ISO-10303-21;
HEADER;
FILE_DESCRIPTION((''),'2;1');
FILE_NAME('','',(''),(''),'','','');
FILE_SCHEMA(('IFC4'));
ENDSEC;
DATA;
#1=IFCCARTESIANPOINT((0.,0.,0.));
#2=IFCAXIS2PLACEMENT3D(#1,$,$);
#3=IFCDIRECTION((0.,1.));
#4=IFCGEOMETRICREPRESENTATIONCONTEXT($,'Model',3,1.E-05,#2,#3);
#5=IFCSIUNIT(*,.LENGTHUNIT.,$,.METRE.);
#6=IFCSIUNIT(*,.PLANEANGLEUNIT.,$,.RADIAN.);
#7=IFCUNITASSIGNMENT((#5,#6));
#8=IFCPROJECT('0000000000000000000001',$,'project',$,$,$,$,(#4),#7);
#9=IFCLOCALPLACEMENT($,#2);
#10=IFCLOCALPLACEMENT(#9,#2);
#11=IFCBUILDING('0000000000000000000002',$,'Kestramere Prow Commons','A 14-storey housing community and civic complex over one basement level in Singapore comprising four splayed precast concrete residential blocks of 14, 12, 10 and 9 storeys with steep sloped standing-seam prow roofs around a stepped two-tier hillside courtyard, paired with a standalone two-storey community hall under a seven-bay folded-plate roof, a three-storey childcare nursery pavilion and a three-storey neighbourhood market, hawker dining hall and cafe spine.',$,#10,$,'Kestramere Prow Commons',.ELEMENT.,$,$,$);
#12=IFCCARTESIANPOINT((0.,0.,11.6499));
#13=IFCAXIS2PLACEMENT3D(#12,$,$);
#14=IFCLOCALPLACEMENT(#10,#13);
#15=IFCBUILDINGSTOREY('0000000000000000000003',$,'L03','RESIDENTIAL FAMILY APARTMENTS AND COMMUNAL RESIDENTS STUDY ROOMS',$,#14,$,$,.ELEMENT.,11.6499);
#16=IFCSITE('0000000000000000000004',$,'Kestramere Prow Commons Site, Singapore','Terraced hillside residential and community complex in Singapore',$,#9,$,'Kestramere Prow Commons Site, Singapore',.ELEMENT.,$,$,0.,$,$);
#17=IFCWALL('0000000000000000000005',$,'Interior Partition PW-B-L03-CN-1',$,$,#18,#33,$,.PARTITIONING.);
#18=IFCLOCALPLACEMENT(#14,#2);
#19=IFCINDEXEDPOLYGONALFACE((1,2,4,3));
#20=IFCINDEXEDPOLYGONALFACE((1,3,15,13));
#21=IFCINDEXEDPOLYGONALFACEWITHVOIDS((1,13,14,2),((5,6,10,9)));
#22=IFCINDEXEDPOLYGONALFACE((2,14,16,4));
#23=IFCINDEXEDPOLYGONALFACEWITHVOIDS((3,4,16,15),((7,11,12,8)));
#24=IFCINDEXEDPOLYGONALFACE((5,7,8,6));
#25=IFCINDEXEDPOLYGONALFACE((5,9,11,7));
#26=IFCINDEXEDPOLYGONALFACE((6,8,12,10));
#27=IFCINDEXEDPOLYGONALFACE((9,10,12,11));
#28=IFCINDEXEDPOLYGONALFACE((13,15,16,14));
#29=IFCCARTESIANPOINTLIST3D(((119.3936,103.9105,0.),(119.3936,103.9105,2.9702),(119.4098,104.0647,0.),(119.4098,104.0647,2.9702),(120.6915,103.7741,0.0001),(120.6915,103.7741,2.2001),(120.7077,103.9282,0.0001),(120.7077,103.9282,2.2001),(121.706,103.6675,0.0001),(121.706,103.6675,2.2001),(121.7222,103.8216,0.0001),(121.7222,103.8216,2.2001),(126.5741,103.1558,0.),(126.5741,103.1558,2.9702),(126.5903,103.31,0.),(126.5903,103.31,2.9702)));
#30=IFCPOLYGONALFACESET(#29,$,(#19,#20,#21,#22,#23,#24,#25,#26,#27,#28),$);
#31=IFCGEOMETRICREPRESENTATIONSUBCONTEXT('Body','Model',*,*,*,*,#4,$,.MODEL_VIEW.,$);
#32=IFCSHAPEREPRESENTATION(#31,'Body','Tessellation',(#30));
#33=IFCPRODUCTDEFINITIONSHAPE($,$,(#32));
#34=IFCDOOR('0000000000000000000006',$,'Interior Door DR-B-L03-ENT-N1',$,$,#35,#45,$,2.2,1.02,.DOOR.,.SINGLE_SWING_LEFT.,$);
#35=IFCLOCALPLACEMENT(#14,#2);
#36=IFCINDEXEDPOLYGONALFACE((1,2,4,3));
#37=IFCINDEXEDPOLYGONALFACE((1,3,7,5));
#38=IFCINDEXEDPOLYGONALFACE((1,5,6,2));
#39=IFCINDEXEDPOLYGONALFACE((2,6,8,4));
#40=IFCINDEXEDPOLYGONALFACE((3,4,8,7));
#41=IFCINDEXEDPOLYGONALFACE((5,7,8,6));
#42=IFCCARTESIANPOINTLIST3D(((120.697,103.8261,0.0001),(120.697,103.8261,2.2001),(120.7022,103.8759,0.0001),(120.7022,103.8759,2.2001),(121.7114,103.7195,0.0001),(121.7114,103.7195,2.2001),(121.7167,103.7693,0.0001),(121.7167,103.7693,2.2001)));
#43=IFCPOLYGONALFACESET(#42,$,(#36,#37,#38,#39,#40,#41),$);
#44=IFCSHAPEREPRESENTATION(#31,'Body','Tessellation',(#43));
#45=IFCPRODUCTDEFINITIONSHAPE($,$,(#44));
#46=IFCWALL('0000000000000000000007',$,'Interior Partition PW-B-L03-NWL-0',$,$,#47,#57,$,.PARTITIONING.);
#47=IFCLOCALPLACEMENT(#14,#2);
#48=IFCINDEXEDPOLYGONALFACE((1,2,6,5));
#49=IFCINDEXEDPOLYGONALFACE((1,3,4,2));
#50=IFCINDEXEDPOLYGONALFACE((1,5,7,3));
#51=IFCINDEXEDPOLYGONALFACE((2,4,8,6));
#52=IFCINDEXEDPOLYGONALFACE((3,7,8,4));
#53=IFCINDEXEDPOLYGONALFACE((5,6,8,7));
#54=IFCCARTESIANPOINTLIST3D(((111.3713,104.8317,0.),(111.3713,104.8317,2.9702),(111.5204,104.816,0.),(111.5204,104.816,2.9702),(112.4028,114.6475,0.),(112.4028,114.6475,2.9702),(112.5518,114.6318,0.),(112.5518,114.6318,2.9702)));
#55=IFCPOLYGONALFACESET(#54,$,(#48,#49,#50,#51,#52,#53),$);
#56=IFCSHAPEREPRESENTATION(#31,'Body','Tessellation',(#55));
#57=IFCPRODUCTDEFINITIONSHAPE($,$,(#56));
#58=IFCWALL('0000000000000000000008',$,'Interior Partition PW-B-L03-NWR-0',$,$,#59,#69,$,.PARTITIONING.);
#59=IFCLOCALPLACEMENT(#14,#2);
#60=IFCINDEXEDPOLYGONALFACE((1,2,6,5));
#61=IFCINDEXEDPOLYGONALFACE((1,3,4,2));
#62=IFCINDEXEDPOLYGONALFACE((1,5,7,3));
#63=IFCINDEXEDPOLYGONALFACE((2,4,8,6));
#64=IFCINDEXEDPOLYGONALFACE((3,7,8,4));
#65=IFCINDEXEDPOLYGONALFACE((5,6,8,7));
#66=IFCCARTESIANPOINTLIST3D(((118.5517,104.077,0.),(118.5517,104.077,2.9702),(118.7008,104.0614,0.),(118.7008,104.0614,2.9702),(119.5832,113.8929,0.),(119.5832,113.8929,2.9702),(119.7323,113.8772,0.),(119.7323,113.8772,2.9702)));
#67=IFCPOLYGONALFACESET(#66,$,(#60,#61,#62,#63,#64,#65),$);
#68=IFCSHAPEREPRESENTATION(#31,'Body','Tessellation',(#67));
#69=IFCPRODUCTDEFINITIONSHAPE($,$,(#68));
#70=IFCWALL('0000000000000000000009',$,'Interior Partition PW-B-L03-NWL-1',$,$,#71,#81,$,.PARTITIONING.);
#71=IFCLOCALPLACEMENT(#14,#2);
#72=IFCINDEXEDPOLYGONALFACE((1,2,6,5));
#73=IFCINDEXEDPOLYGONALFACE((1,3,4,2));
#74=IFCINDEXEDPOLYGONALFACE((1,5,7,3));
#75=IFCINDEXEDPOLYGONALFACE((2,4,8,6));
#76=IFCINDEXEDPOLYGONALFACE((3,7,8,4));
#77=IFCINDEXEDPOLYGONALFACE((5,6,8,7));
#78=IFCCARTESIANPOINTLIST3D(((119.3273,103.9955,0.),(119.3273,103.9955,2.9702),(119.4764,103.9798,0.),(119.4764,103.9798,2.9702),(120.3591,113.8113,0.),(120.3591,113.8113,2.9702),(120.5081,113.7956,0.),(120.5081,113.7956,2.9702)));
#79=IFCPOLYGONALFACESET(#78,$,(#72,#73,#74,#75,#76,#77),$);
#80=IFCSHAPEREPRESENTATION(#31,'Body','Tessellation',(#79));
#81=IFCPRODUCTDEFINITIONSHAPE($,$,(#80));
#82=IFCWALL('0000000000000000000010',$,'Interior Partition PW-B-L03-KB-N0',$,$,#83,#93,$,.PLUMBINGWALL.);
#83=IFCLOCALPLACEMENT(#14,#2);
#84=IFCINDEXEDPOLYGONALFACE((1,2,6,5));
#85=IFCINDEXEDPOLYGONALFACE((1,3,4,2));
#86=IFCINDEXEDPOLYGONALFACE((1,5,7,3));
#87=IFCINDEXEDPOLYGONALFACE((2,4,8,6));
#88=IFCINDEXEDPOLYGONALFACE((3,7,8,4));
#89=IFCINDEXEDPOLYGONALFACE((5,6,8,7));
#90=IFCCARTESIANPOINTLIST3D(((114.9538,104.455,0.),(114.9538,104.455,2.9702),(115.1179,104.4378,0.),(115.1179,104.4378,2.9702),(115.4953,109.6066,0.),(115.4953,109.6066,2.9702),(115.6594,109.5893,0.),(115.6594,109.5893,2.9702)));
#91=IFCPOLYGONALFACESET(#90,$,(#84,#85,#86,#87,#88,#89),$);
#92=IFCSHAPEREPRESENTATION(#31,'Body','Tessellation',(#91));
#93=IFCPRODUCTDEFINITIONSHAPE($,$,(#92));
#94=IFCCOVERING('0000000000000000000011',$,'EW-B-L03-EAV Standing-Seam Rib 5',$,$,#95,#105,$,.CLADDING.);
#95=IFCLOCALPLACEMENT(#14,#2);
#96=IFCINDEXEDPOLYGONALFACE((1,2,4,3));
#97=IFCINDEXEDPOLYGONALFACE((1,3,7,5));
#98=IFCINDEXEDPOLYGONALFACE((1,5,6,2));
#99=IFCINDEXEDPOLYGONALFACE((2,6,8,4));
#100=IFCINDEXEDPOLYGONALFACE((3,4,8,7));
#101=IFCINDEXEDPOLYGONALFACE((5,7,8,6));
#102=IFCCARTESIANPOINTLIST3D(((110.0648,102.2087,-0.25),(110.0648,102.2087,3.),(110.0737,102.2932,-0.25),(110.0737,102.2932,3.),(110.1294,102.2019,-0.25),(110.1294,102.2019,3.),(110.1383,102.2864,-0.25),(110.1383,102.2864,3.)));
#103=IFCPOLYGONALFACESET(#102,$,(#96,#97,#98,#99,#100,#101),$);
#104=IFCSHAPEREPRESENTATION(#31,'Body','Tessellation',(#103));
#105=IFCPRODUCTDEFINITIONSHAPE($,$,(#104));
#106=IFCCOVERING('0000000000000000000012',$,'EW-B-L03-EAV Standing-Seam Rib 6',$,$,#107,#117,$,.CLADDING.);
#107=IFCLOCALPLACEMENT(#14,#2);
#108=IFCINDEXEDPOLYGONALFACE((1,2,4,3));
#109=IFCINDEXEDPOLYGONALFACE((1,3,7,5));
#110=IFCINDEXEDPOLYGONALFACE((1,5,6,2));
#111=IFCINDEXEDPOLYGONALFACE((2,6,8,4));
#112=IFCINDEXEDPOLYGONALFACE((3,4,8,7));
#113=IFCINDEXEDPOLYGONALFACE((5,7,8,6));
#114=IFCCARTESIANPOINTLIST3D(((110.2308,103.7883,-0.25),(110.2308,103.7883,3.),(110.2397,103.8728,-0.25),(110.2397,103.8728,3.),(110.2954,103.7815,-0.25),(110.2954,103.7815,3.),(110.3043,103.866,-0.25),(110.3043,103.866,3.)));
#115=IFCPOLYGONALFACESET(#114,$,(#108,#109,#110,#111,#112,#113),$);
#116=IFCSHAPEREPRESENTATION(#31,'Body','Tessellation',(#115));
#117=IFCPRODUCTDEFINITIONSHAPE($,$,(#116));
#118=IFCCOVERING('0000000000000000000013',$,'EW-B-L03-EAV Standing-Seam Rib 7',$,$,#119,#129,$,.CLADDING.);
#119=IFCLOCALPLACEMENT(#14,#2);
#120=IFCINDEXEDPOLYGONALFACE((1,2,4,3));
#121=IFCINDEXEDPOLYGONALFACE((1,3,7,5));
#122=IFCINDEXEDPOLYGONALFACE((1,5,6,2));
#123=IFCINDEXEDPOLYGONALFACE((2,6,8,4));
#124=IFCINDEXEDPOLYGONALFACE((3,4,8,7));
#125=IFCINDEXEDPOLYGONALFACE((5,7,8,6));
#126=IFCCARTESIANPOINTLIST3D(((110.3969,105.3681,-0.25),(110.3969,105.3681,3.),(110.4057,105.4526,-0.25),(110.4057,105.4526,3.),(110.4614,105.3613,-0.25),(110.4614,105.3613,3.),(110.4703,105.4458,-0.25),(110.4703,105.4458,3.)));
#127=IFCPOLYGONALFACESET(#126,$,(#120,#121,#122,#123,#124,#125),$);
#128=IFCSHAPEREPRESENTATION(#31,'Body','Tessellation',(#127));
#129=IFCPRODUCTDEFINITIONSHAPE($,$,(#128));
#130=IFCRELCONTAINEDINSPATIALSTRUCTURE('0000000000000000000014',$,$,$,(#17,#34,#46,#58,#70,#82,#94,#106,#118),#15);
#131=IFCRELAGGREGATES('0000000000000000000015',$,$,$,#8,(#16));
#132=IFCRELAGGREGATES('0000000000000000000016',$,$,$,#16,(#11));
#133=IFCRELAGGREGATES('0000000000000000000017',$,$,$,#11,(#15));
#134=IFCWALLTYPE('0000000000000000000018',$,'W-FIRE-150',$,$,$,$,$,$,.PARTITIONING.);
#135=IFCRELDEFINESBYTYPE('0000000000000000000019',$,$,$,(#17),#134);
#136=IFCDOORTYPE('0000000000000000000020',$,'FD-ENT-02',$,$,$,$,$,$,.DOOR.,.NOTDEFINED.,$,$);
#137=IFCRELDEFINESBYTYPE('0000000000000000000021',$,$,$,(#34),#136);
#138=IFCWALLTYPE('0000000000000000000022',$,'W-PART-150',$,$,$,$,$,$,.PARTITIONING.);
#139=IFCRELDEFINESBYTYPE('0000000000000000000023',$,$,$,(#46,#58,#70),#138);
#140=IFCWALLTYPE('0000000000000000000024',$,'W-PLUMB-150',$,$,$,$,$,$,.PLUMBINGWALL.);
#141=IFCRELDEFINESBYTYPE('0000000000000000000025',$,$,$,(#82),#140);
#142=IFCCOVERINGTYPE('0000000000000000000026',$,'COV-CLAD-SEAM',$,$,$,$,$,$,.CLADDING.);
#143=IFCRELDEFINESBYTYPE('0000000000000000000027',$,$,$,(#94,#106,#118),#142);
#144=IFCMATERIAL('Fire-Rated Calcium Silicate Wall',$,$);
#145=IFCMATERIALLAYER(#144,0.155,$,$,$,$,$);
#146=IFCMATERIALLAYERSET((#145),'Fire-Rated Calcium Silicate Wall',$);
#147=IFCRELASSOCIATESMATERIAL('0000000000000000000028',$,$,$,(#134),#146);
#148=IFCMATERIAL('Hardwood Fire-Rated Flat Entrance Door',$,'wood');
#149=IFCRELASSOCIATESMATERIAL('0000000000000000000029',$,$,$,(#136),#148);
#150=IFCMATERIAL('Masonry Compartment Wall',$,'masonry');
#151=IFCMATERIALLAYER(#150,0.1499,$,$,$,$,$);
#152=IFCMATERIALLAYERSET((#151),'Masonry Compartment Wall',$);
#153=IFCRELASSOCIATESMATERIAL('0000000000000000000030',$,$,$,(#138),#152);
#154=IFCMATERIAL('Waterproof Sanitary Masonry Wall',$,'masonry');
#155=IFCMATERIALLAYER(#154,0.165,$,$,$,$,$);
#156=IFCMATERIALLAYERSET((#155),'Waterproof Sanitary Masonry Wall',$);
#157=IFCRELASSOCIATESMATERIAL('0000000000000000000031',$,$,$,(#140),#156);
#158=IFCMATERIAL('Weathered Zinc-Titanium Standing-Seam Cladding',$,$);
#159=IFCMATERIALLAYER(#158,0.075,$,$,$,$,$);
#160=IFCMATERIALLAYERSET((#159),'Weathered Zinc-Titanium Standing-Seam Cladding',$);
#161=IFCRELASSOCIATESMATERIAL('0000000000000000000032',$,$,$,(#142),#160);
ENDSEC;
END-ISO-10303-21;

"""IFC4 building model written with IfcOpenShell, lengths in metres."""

from ifc_helpers import new_model, si_unit, direction, frame, frame_2d, origin, origin_2d, place, context, subcontext, project, spatial, rectangle, extrude, material, layer, layer_set, type_object, element, fill, save


model = new_model("IFC4")

# Units and contexts
model_context = context("Model", 3, precision=1e-05, world=origin(), true_north=direction((0.0, 1.0)))
body_context = subcontext(model_context, "Body", "Model", "MODEL_VIEW")
ifc_project = project(units=[si_unit("LENGTHUNIT", "METRE"), si_unit("PLANEANGLEUNIT", "RADIAN")], contexts=[model_context])

# Site, building, storey
site_placement = place(None, origin())
site = spatial("IfcSite", under=ifc_project, at=site_placement, Name="Kestramere Prow Commons Site, Singapore", Description="Terraced hillside residential and community complex in Singapore", LongName="Kestramere Prow Commons Site, Singapore", CompositionType="ELEMENT", RefElevation=0.0)
building_placement = place(site_placement, origin())
building = spatial("IfcBuilding", under=site, at=building_placement, Name="Kestramere Prow Commons", Description="A 14-storey housing community and civic complex over one basement level in Singapore comprising four splayed precast concrete residential blocks of 14, 12, 10 and 9 storeys with steep sloped standing-seam prow roofs around a stepped two-tier hillside courtyard, paired with a standalone two-storey community hall under a seven-bay folded-plate roof, a three-storey childcare nursery pavilion and a three-storey neighbourhood market, hawker dining hall and cafe spine.", LongName="Kestramere Prow Commons", CompositionType="ELEMENT")
storey_placement = place(building_placement, frame((0.0, 0.0, 11.6499)))
storey = spatial("IfcBuildingStorey", under=building, at=storey_placement, Name="L03", Description="RESIDENTIAL FAMILY APARTMENTS AND COMMUNAL RESIDENTS STUDY ROOMS", CompositionType="ELEMENT", Elevation=11.6499)

# Wall, opening, door
ifc_material_1 = material(Name="Fire-Rated Calcium Silicate Wall")
ifc_layer_1 = layer(ifc_material_1, 0.155)
ifc_layer_set_1 = layer_set([ifc_layer_1], Name="Fire-Rated Calcium Silicate Wall")
wall_type_1 = type_object("IfcWallType", Name="W-FIRE-150", PredefinedType="PARTITIONING", material=ifc_layer_set_1)
ifc_material_2 = material(Name="Hardwood Fire-Rated Flat Entrance Door", Category="wood")
wall_1_placement = place(storey_placement, frame((119.4019, 103.9875, 0.0), z_axis=(0.0, 0.0, 1.0), x_axis=(0.994523, -0.104521, 0.0)))
wall_1 = element("IfcWall", 1, at=wall_1_placement, inside=storey, type_object=wall_type_1, Name="Interior Partition PW-B-L03-CN-1", PredefinedType="PARTITIONING", context=body_context, shape_type="SweptSolid", body=[
    extrude(rectangle(XDim=7.22, YDim=0.155, at=frame_2d((3.6099, 0.0))), origin(), (0.0, 0.0, 1.0), 2.9702),
])
opening_1_placement = place(wall_1_placement, frame((1.3049, 0.0, 0.0)))
opening_1 = element("IfcOpeningElement", 2, at=opening_1_placement, cuts=wall_1, PredefinedType="OPENING", context=body_context, shape_type="SweptSolid", body=[
    extrude(rectangle(XDim=1.02, YDim=2.2, at=frame_2d((0.51, 1.1001))), frame((0.0, 0.0925, 0.0), z_axis=(0.0, -1.0, 0.0), x_axis=(1.0, 0.0, 0.0)), (0.0, 0.0, 1.0), 0.1851),
])
door_type_1 = type_object("IfcDoorType", Name="FD-ENT-02", OperationType="NOTDEFINED", PredefinedType="DOOR", material=ifc_material_2)
door_1_placement = place(opening_1_placement, origin())
door_1 = element("IfcDoor", 3, at=door_1_placement, inside=storey, type_object=door_type_1, Name="Interior Door DR-B-L03-ENT-N1", OperationType="SINGLE_SWING_LEFT", OverallHeight=2.2, OverallWidth=1.02, PredefinedType="DOOR", context=body_context, shape_type="SweptSolid", body=[
    extrude(rectangle(XDim=1.02, YDim=2.2, at=frame_2d((0.51, 1.1001))), frame((0.0, 0.0249, 0.0), z_axis=(0.0, -1.0, 0.0), x_axis=(1.0, 0.0, 0.0)), (0.0, 0.0, 1.0), 0.05),
])
fill(opening_1, door_1)

# Walls
ifc_material_3 = material(Name="Masonry Compartment Wall", Category="masonry")
ifc_layer_2 = layer(ifc_material_3, 0.1499)
ifc_layer_set_2 = layer_set([ifc_layer_2], Name="Masonry Compartment Wall")
wall_type_2 = type_object("IfcWallType", Name="W-PART-150", PredefinedType="PARTITIONING", material=ifc_layer_set_2)
for number, where, z_axis, x_axis, name in (
    (4, (111.4458, 104.8237, 0.0), (0.0, 0.0, 1.0), (0.104508, 0.994524, 0.0), "Interior Partition PW-B-L03-NWL-0"),
    (5, (118.6262, 104.0691, 0.0), (0.0, 0.0, 1.0), (0.104508, 0.994524, 0.0), "Interior Partition PW-B-L03-NWR-0"),
    (6, (119.4019, 103.9875, 0.0), (0.0, 0.0, 1.0), (0.104533, 0.994521, 0.0), "Interior Partition PW-B-L03-NWL-1"),
):
    element("IfcWall", number, at=place(storey_placement, frame(where, z_axis=z_axis, x_axis=x_axis)), inside=storey, type_object=wall_type_2, Name=name, PredefinedType="PARTITIONING", context=body_context, shape_type="SweptSolid", body=[
        extrude(rectangle(XDim=9.8699, YDim=0.1499, at=frame_2d((4.9351, 0.0))), origin(), (0.0, 0.0, 1.0), 2.9702),
    ])
ifc_material_4 = material(Name="Waterproof Sanitary Masonry Wall", Category="masonry")
ifc_layer_3 = layer(ifc_material_4, 0.165)
ifc_layer_set_3 = layer_set([ifc_layer_3], Name="Waterproof Sanitary Masonry Wall")
wall_type_3 = type_object("IfcWallType", Name="W-PLUMB-150", PredefinedType="PLUMBINGWALL", material=ifc_layer_set_3)
wall_2_placement = place(storey_placement, frame((115.0359, 104.4465, 0.0), z_axis=(0.0, 0.0, 1.0), x_axis=(0.104538, 0.994521, 0.0)))
element("IfcWall", 7, at=wall_2_placement, inside=storey, type_object=wall_type_3, Name="Interior Partition PW-B-L03-KB-N0", PredefinedType="PLUMBINGWALL", context=body_context, shape_type="SweptSolid", body=[
    extrude(rectangle(XDim=5.1799, YDim=0.165, at=frame_2d((2.5898, 0.0))), origin(), (0.0, 0.0, 1.0), 2.9702),
])

# Coverings
ifc_material_5 = material(Name="Weathered Zinc-Titanium Standing-Seam Cladding")
ifc_layer_4 = layer(ifc_material_5, 0.075)
ifc_layer_set_4 = layer_set([ifc_layer_4], Name="Weathered Zinc-Titanium Standing-Seam Cladding")
covering_type = type_object("IfcCoveringType", Name="COV-CLAD-SEAM", PredefinedType="CLADDING", material=ifc_layer_set_4)
for number, where, z_axis, x_axis, name in (
    (8, (110.1016, 102.2476, -0.25), (0.0, 0.0, 1.0), (0.104528, 0.994522, 0.0), "EW-B-L03-EAV Standing-Seam Rib 5"),
    (9, (110.2676, 103.8271, -0.25), (0.0, 0.0, 1.0), (0.104528, 0.994522, 0.0), "EW-B-L03-EAV Standing-Seam Rib 6"),
    (10, (110.4336, 105.407, -0.25), (0.0, 0.0, 1.0), (0.104528, 0.994522, 0.0), "EW-B-L03-EAV Standing-Seam Rib 7"),
):
    element("IfcCovering", number, at=place(storey_placement, frame(where, z_axis=z_axis, x_axis=x_axis)), inside=storey, type_object=covering_type, Name=name, PredefinedType="CLADDING", context=body_context, shape_type="SweptSolid", body=[
        extrude(rectangle(XDim=0.085, YDim=0.0649, at=origin_2d()), origin(), (0.0, 0.0, 1.0), 3.25),
    ])

save(model, "model.ifc")
